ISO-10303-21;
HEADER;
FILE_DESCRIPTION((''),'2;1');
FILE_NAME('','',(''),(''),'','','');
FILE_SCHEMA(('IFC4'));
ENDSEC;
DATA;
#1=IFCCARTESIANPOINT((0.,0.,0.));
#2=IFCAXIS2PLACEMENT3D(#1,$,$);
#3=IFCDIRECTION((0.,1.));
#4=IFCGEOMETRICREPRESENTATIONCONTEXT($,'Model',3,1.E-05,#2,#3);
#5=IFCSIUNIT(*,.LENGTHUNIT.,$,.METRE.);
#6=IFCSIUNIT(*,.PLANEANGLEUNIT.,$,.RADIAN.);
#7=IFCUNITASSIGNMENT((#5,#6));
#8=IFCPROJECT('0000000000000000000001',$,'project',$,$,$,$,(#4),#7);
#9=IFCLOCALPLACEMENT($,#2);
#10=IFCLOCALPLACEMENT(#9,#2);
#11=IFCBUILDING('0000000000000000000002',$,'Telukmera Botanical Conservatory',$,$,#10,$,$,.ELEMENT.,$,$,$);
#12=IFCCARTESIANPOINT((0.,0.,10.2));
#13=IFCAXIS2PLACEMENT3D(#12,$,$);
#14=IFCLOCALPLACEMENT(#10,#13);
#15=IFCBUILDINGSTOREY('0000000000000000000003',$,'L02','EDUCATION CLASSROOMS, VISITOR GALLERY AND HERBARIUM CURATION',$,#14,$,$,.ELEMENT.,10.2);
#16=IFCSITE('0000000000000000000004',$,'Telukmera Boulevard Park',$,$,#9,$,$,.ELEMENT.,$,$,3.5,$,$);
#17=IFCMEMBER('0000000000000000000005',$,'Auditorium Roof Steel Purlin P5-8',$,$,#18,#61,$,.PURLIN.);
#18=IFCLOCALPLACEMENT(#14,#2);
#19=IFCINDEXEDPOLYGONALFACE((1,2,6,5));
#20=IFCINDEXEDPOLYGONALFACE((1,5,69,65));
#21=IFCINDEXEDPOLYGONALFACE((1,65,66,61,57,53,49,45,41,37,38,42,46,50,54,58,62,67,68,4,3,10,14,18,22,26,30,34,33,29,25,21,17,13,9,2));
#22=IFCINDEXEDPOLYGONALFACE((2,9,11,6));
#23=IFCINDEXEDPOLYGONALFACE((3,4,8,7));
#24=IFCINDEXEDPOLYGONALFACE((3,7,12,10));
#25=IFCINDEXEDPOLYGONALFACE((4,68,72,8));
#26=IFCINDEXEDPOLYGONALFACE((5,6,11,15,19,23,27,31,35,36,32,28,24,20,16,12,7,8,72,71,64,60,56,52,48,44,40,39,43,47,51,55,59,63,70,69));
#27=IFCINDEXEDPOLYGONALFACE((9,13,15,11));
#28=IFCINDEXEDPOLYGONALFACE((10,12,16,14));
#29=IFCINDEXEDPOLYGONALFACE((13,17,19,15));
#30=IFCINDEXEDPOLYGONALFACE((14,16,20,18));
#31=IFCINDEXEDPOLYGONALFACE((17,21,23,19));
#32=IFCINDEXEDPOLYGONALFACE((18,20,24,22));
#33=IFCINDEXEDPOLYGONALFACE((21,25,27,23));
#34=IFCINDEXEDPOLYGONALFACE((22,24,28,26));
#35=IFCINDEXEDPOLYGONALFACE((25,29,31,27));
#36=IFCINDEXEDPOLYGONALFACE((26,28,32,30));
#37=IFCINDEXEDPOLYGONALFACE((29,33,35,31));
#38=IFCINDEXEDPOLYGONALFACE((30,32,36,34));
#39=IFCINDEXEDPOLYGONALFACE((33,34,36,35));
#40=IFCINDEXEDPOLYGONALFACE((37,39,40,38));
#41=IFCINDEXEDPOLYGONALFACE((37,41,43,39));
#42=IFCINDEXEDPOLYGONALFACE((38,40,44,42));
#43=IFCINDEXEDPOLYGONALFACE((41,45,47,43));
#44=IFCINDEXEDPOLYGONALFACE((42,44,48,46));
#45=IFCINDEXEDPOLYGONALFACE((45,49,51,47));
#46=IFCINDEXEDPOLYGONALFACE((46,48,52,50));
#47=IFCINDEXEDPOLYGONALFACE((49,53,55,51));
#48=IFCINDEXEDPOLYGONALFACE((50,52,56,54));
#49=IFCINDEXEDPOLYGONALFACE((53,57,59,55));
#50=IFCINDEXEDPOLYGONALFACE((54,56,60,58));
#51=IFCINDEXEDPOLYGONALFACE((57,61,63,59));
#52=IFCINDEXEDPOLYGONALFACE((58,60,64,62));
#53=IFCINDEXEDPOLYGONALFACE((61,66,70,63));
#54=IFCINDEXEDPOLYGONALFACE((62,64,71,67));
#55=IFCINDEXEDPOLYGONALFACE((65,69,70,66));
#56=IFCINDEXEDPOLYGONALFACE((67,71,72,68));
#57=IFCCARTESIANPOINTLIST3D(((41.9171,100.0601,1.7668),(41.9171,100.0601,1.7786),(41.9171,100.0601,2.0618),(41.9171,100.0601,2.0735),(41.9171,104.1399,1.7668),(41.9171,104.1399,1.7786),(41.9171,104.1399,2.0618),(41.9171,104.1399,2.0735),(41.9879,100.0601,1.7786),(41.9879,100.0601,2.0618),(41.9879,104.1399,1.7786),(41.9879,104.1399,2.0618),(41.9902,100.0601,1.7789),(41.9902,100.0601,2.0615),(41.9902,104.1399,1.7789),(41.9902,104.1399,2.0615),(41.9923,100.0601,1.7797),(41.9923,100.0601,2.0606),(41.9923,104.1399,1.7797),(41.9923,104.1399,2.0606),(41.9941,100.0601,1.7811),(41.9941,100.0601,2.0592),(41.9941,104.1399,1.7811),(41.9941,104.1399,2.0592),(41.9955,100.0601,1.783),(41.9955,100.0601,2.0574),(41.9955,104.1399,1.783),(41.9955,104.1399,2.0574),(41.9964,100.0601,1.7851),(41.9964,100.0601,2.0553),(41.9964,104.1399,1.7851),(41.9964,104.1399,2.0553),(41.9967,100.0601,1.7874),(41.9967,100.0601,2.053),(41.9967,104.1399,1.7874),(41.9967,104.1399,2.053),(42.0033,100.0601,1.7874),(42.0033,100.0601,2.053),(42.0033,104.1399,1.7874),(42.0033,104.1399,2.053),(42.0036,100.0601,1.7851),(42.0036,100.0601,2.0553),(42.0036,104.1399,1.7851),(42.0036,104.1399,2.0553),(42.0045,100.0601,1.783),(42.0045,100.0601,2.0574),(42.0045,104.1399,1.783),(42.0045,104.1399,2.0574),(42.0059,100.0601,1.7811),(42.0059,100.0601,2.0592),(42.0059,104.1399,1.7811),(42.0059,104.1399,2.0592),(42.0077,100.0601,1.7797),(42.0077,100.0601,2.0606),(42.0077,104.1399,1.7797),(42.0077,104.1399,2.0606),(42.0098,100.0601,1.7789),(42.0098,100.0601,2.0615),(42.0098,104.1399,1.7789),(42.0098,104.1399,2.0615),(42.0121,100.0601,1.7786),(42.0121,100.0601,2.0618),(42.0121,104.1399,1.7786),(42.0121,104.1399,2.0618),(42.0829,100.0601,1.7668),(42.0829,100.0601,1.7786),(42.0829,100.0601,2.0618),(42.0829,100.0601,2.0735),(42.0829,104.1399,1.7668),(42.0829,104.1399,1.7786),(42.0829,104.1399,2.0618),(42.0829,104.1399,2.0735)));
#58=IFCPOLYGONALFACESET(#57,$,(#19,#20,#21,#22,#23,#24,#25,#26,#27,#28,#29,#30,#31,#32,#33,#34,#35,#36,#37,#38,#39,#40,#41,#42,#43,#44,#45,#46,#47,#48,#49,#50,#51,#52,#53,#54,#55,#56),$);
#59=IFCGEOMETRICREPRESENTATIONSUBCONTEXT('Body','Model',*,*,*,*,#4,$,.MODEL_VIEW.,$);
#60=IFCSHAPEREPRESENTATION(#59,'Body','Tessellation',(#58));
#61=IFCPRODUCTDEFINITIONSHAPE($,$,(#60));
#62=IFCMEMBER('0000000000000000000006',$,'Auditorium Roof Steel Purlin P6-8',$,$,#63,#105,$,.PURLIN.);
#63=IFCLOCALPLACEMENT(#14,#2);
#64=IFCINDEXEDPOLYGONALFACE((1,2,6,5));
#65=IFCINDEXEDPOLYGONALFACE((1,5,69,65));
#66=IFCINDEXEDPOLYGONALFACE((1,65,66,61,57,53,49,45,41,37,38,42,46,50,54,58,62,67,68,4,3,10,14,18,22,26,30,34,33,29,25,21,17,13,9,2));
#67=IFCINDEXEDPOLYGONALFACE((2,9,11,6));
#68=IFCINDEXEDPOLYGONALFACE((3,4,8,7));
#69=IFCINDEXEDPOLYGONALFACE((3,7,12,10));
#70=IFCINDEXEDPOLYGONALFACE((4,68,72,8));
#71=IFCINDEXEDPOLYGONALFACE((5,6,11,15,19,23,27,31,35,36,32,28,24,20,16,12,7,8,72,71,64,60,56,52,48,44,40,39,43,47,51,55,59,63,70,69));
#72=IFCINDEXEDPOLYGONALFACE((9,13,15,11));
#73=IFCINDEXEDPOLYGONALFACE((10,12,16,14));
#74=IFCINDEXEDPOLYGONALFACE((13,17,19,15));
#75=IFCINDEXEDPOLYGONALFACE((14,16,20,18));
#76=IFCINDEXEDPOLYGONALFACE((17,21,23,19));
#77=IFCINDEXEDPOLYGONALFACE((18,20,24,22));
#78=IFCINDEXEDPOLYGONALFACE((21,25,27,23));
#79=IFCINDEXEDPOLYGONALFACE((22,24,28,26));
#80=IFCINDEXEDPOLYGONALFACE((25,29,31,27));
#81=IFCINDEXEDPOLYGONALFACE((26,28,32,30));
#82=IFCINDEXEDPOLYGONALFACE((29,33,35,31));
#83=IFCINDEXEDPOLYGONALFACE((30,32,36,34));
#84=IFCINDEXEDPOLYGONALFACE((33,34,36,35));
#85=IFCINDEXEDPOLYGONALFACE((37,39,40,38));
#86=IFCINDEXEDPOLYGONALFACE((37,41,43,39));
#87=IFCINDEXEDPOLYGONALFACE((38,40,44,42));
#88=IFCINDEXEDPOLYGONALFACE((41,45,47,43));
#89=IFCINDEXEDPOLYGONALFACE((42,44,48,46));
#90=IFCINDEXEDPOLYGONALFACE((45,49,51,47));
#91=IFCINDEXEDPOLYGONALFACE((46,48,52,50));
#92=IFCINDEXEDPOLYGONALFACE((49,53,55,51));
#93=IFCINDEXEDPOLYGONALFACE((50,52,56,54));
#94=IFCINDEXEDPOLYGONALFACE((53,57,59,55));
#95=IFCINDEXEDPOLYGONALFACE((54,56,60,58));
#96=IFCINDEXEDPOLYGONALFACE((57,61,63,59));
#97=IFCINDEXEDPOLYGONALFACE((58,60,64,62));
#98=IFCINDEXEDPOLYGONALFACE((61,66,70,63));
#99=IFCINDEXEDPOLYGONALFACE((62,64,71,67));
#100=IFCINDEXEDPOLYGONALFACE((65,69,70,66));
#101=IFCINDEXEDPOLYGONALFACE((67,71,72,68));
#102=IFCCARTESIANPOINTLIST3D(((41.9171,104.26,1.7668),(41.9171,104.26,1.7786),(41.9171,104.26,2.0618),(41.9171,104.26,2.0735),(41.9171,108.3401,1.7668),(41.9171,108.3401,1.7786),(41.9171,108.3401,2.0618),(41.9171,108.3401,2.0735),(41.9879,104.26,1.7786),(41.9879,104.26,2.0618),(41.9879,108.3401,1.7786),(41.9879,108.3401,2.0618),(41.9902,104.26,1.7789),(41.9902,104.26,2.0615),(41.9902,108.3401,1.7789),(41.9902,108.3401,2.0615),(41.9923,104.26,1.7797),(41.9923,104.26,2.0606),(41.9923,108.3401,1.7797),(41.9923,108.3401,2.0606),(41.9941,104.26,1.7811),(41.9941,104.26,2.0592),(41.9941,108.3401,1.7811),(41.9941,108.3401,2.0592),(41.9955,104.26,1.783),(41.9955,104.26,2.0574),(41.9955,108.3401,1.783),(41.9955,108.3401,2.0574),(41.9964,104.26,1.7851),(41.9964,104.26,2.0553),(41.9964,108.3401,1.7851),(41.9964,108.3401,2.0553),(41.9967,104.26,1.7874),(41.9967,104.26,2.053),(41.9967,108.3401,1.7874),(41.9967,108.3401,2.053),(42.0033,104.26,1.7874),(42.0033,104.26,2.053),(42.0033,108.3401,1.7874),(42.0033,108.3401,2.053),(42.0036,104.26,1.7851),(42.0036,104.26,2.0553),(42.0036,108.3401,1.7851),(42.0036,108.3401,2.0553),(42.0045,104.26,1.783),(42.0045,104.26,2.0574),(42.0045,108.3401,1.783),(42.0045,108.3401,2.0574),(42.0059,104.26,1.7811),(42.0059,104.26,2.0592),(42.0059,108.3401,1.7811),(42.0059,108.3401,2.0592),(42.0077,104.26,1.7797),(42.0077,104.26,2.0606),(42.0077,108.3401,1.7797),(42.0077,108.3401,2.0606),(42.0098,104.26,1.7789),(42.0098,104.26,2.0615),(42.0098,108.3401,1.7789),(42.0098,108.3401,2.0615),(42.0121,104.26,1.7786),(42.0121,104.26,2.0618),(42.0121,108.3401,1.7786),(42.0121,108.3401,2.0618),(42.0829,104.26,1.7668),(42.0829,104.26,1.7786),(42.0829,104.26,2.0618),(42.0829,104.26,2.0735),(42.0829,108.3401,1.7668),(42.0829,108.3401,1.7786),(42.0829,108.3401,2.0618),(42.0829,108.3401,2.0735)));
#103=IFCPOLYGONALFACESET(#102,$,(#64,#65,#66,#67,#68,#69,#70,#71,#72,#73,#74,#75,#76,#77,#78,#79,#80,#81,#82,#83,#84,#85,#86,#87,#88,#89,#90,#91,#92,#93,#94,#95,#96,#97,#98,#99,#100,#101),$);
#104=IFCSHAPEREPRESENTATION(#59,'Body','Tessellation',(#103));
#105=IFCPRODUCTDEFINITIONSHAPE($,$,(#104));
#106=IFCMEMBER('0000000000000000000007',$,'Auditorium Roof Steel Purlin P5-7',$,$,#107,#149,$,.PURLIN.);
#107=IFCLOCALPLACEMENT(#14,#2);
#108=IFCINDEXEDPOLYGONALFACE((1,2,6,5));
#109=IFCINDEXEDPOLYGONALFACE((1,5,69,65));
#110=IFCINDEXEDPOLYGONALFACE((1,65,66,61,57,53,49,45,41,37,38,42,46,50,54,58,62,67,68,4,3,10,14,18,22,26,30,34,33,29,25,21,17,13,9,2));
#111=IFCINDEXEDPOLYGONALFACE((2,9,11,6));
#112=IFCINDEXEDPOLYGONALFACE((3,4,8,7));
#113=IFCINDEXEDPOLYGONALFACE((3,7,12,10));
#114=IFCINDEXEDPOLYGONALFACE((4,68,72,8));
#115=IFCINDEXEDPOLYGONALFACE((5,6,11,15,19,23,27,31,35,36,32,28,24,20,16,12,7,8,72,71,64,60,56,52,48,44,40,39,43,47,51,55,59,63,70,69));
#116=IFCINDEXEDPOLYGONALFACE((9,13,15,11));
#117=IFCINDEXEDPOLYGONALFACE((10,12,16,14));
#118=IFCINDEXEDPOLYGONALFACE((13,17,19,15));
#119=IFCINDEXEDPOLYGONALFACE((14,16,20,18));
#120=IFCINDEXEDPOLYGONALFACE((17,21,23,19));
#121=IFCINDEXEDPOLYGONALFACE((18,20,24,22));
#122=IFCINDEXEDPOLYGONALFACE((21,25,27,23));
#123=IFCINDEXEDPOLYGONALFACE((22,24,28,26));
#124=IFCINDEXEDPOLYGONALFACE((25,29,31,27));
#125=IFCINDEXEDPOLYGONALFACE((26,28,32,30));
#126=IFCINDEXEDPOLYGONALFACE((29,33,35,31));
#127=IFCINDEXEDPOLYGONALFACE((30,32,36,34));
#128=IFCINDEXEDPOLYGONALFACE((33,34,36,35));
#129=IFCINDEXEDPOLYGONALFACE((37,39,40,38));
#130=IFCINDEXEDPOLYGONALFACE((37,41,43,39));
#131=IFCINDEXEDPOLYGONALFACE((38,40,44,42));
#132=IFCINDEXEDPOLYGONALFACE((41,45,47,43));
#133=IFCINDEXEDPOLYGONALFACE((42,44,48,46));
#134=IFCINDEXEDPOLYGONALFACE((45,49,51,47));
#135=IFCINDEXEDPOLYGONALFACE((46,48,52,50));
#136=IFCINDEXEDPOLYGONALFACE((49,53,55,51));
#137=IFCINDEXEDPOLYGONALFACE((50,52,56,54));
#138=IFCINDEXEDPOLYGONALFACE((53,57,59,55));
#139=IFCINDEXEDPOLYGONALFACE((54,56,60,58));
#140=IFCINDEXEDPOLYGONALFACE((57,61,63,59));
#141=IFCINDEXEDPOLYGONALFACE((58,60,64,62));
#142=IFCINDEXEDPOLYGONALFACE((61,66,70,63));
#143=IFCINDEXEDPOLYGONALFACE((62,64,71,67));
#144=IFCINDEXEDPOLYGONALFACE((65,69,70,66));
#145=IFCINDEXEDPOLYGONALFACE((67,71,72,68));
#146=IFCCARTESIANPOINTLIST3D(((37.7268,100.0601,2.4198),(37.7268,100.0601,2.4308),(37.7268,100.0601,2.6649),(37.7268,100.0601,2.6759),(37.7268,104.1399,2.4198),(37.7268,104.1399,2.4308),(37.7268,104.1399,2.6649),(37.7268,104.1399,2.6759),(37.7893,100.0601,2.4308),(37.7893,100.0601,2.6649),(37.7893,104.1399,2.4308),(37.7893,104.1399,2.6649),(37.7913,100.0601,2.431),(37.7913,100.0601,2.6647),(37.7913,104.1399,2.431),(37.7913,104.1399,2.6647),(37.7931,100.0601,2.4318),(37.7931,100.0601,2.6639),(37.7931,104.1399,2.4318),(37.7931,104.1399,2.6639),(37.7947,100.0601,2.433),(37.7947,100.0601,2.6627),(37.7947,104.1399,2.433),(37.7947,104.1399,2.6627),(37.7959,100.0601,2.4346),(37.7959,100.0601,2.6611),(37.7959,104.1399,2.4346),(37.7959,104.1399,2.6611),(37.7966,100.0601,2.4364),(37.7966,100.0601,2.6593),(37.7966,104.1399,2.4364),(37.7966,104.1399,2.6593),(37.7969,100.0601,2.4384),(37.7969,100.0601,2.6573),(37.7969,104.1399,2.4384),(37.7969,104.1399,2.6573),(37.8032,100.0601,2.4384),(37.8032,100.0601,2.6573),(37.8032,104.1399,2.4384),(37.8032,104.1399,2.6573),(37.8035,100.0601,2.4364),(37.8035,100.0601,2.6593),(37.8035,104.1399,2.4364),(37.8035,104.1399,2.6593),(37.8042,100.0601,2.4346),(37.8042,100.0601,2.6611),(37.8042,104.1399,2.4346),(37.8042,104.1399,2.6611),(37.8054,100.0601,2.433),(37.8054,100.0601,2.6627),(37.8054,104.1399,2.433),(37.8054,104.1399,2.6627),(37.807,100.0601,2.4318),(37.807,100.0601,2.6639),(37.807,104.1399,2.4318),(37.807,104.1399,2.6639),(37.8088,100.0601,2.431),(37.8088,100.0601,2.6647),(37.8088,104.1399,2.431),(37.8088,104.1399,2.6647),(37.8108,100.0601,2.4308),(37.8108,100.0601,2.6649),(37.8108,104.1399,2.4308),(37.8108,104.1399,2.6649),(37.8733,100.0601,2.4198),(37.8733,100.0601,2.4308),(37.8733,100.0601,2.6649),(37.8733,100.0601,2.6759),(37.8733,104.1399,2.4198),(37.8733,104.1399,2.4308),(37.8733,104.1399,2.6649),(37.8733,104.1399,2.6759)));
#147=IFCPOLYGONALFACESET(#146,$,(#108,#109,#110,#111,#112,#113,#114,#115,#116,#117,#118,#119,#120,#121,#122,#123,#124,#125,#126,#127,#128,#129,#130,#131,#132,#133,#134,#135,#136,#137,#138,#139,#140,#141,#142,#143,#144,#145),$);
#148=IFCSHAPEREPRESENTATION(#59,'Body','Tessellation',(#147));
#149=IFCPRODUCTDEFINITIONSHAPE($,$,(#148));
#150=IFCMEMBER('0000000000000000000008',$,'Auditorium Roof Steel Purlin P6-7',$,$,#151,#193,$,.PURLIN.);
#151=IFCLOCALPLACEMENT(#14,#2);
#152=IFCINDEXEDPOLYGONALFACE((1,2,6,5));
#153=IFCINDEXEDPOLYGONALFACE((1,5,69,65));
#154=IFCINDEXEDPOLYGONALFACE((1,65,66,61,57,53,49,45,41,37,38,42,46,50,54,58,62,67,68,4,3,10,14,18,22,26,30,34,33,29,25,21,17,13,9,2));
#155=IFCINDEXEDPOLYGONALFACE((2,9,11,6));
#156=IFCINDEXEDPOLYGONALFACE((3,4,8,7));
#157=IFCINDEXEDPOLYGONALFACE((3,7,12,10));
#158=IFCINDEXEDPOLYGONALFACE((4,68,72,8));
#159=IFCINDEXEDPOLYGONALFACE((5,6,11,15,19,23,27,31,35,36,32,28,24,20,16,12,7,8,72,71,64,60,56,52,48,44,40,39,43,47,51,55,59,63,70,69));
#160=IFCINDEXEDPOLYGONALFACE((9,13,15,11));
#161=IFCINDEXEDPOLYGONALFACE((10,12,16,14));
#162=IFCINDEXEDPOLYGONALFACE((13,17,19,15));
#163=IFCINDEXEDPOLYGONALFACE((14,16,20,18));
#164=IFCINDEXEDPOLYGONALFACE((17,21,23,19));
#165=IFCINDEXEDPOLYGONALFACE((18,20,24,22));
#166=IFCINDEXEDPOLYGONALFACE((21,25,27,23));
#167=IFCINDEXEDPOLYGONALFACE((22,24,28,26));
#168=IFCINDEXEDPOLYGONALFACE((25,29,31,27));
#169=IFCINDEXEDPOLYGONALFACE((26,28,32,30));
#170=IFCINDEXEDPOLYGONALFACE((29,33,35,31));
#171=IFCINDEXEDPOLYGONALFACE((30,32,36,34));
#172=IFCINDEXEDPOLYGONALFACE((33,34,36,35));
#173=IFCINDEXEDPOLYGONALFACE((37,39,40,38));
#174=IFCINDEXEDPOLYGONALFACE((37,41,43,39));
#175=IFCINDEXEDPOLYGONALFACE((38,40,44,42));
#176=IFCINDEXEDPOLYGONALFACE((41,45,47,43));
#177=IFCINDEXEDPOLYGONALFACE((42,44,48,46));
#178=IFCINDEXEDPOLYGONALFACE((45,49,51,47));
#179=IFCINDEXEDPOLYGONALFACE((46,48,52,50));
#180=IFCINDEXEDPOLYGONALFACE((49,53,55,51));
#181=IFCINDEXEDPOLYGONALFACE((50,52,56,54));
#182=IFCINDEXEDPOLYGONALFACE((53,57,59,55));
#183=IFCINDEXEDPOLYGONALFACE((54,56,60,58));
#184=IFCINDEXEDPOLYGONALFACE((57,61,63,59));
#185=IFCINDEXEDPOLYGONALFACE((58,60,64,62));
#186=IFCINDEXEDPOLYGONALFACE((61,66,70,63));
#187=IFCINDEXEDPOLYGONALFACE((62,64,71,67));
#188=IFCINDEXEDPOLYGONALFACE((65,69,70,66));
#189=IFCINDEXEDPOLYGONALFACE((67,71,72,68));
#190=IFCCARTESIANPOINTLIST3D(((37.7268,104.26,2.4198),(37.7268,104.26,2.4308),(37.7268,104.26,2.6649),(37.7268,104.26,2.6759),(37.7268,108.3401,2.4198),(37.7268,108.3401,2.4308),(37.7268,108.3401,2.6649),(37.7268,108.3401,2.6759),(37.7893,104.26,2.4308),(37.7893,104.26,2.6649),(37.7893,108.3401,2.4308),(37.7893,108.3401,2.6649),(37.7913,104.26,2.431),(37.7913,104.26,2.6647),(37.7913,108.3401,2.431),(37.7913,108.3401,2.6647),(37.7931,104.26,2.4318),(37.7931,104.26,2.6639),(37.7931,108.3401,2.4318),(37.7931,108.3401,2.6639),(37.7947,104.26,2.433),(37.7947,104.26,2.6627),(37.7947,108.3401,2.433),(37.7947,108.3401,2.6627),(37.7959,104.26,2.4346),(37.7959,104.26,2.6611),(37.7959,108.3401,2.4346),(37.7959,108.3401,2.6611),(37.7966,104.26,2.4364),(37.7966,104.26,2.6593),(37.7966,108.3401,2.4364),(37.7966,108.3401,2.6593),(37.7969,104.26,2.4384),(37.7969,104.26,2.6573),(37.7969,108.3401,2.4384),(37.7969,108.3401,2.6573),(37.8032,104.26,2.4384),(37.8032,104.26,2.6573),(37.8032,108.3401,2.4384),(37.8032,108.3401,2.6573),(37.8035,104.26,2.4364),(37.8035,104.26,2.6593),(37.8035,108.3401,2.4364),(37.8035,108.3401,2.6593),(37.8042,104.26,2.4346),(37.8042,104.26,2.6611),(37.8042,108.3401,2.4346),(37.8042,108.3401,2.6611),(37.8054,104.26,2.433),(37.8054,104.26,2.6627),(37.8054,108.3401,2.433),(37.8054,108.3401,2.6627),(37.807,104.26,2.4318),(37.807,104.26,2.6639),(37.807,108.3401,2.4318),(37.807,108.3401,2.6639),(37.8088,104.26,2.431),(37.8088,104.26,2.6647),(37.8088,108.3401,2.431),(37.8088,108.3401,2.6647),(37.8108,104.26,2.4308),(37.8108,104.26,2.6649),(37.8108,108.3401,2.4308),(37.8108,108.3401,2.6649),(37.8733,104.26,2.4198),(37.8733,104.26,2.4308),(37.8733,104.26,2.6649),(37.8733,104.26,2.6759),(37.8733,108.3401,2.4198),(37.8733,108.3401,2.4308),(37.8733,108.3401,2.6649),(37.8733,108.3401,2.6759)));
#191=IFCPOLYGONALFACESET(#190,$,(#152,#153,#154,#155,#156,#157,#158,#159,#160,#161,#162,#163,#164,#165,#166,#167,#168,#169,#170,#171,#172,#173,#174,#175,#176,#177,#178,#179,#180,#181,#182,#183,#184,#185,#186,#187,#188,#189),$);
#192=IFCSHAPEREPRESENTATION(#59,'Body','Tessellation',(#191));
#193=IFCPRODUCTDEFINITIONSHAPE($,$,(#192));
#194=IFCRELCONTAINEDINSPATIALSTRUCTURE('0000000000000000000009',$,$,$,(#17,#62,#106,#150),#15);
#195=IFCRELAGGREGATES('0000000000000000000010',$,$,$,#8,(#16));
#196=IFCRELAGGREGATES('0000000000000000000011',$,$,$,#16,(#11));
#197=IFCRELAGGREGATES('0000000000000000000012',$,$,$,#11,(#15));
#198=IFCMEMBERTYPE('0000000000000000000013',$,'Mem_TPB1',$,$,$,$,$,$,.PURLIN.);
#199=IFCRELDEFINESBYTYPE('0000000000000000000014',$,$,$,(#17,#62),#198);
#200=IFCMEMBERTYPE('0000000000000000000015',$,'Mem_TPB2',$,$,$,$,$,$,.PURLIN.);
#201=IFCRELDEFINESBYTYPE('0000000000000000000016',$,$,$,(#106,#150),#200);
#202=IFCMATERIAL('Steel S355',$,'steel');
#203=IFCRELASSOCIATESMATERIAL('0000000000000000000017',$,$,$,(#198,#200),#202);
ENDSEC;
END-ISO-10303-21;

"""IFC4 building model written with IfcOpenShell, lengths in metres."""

from ifc_helpers import new_model, si_unit, direction, frame, origin, origin_2d, place, context, subcontext, project, spatial, i_section, extrude, material, material_profile, profile_set, type_object, element, save


model = new_model("IFC4")

# Units and contexts
model_context = context("Model", 3, precision=1e-05, world=origin(), true_north=direction((0.0, 1.0)))
body_context = subcontext(model_context, "Body", "Model", "MODEL_VIEW")
ifc_project = project(units=[si_unit("LENGTHUNIT", "METRE"), si_unit("PLANEANGLEUNIT", "RADIAN")], contexts=[model_context])

# Site, building, storey
site_placement = place(None, origin())
site = spatial("IfcSite", under=ifc_project, at=site_placement, Name="Telukmera Boulevard Park", CompositionType="ELEMENT", RefElevation=3.5)
building_placement = place(site_placement, origin())
building = spatial("IfcBuilding", under=site, at=building_placement, Name="Telukmera Botanical Conservatory", CompositionType="ELEMENT")
storey_placement = place(building_placement, frame((0.0, 0.0, 10.2)))
storey = spatial("IfcBuildingStorey", under=building, at=storey_placement, Name="L02", Description="EDUCATION CLASSROOMS, VISITOR GALLERY AND HERBARIUM CURATION", CompositionType="ELEMENT", Elevation=10.2)

# Members
ifc_material_1 = material(Name="Steel S355", Category="steel")
ifc_material_profile_1 = material_profile(ifc_material_1, i_section(OverallWidth=0.1658, OverallDepth=0.3066, WebThickness=0.0066, FlangeThickness=0.0117, FilletRadius=0.0088, at=origin_2d()), Name="UB 305x165x46")
ifc_profile_set_1 = profile_set([ifc_material_profile_1], Name="Steel S355")
member_type_1 = type_object("IfcMemberType", Name="Mem_TPB1", PredefinedType="PURLIN", material=ifc_profile_set_1)
member_1_placement = place(storey_placement, frame((42.0, 100.0601, 1.9202), z_axis=(0.0, 1.0, 0.0), x_axis=(-1.0, 0.0, 0.0)))
element("IfcMember", 1, at=member_1_placement, inside=storey, type_object=member_type_1, Name="Auditorium Roof Steel Purlin P5-8", PredefinedType="PURLIN", context=body_context, shape_type="SweptSolid", body=[
    extrude(i_section(OverallWidth=0.1658, OverallDepth=0.3066, WebThickness=0.0066, FlangeThickness=0.0117, FilletRadius=0.0088, at=origin_2d()), origin(), (0.0, 0.0, 1.0), 4.0798),
])
member_2_placement = place(storey_placement, frame((42.0, 104.26, 1.9202), z_axis=(0.0, 1.0, 0.0), x_axis=(-1.0, 0.0, 0.0)))
element("IfcMember", 2, at=member_2_placement, inside=storey, type_object=member_type_1, Name="Auditorium Roof Steel Purlin P6-8", PredefinedType="PURLIN", context=body_context, shape_type="SweptSolid", body=[
    extrude(i_section(OverallWidth=0.1658, OverallDepth=0.3066, WebThickness=0.0066, FlangeThickness=0.0117, FilletRadius=0.0088, at=origin_2d()), origin(), (0.0, 0.0, 1.0), 4.0801),
])
ifc_material_profile_2 = material_profile(ifc_material_1, i_section(OverallWidth=0.1465, OverallDepth=0.2561, WebThickness=0.0063, FlangeThickness=0.011, FilletRadius=0.0076, at=origin_2d()), Name="UB 254x146x37")
ifc_profile_set_2 = profile_set([ifc_material_profile_2], Name="Steel S355")
member_type_2 = type_object("IfcMemberType", Name="Mem_TPB2", PredefinedType="PURLIN", material=ifc_profile_set_2)
member_3_placement = place(storey_placement, frame((37.8, 100.0601, 2.5479), z_axis=(0.0, 1.0, 0.0), x_axis=(-1.0, 0.0, 0.0)))
element("IfcMember", 3, at=member_3_placement, inside=storey, type_object=member_type_2, Name="Auditorium Roof Steel Purlin P5-7", PredefinedType="PURLIN", context=body_context, shape_type="SweptSolid", body=[
    extrude(i_section(OverallWidth=0.1465, OverallDepth=0.2561, WebThickness=0.0063, FlangeThickness=0.011, FilletRadius=0.0076, at=origin_2d()), origin(), (0.0, 0.0, 1.0), 4.0798),
])
member_4_placement = place(storey_placement, frame((37.8, 104.26, 2.5479), z_axis=(0.0, 1.0, 0.0), x_axis=(-1.0, 0.0, 0.0)))
element("IfcMember", 4, at=member_4_placement, inside=storey, type_object=member_type_2, Name="Auditorium Roof Steel Purlin P6-7", PredefinedType="PURLIN", context=body_context, shape_type="SweptSolid", body=[
    extrude(i_section(OverallWidth=0.1465, OverallDepth=0.2561, WebThickness=0.0063, FlangeThickness=0.011, FilletRadius=0.0076, at=origin_2d()), origin(), (0.0, 0.0, 1.0), 4.0801),
])

save(model, "model.ifc")
